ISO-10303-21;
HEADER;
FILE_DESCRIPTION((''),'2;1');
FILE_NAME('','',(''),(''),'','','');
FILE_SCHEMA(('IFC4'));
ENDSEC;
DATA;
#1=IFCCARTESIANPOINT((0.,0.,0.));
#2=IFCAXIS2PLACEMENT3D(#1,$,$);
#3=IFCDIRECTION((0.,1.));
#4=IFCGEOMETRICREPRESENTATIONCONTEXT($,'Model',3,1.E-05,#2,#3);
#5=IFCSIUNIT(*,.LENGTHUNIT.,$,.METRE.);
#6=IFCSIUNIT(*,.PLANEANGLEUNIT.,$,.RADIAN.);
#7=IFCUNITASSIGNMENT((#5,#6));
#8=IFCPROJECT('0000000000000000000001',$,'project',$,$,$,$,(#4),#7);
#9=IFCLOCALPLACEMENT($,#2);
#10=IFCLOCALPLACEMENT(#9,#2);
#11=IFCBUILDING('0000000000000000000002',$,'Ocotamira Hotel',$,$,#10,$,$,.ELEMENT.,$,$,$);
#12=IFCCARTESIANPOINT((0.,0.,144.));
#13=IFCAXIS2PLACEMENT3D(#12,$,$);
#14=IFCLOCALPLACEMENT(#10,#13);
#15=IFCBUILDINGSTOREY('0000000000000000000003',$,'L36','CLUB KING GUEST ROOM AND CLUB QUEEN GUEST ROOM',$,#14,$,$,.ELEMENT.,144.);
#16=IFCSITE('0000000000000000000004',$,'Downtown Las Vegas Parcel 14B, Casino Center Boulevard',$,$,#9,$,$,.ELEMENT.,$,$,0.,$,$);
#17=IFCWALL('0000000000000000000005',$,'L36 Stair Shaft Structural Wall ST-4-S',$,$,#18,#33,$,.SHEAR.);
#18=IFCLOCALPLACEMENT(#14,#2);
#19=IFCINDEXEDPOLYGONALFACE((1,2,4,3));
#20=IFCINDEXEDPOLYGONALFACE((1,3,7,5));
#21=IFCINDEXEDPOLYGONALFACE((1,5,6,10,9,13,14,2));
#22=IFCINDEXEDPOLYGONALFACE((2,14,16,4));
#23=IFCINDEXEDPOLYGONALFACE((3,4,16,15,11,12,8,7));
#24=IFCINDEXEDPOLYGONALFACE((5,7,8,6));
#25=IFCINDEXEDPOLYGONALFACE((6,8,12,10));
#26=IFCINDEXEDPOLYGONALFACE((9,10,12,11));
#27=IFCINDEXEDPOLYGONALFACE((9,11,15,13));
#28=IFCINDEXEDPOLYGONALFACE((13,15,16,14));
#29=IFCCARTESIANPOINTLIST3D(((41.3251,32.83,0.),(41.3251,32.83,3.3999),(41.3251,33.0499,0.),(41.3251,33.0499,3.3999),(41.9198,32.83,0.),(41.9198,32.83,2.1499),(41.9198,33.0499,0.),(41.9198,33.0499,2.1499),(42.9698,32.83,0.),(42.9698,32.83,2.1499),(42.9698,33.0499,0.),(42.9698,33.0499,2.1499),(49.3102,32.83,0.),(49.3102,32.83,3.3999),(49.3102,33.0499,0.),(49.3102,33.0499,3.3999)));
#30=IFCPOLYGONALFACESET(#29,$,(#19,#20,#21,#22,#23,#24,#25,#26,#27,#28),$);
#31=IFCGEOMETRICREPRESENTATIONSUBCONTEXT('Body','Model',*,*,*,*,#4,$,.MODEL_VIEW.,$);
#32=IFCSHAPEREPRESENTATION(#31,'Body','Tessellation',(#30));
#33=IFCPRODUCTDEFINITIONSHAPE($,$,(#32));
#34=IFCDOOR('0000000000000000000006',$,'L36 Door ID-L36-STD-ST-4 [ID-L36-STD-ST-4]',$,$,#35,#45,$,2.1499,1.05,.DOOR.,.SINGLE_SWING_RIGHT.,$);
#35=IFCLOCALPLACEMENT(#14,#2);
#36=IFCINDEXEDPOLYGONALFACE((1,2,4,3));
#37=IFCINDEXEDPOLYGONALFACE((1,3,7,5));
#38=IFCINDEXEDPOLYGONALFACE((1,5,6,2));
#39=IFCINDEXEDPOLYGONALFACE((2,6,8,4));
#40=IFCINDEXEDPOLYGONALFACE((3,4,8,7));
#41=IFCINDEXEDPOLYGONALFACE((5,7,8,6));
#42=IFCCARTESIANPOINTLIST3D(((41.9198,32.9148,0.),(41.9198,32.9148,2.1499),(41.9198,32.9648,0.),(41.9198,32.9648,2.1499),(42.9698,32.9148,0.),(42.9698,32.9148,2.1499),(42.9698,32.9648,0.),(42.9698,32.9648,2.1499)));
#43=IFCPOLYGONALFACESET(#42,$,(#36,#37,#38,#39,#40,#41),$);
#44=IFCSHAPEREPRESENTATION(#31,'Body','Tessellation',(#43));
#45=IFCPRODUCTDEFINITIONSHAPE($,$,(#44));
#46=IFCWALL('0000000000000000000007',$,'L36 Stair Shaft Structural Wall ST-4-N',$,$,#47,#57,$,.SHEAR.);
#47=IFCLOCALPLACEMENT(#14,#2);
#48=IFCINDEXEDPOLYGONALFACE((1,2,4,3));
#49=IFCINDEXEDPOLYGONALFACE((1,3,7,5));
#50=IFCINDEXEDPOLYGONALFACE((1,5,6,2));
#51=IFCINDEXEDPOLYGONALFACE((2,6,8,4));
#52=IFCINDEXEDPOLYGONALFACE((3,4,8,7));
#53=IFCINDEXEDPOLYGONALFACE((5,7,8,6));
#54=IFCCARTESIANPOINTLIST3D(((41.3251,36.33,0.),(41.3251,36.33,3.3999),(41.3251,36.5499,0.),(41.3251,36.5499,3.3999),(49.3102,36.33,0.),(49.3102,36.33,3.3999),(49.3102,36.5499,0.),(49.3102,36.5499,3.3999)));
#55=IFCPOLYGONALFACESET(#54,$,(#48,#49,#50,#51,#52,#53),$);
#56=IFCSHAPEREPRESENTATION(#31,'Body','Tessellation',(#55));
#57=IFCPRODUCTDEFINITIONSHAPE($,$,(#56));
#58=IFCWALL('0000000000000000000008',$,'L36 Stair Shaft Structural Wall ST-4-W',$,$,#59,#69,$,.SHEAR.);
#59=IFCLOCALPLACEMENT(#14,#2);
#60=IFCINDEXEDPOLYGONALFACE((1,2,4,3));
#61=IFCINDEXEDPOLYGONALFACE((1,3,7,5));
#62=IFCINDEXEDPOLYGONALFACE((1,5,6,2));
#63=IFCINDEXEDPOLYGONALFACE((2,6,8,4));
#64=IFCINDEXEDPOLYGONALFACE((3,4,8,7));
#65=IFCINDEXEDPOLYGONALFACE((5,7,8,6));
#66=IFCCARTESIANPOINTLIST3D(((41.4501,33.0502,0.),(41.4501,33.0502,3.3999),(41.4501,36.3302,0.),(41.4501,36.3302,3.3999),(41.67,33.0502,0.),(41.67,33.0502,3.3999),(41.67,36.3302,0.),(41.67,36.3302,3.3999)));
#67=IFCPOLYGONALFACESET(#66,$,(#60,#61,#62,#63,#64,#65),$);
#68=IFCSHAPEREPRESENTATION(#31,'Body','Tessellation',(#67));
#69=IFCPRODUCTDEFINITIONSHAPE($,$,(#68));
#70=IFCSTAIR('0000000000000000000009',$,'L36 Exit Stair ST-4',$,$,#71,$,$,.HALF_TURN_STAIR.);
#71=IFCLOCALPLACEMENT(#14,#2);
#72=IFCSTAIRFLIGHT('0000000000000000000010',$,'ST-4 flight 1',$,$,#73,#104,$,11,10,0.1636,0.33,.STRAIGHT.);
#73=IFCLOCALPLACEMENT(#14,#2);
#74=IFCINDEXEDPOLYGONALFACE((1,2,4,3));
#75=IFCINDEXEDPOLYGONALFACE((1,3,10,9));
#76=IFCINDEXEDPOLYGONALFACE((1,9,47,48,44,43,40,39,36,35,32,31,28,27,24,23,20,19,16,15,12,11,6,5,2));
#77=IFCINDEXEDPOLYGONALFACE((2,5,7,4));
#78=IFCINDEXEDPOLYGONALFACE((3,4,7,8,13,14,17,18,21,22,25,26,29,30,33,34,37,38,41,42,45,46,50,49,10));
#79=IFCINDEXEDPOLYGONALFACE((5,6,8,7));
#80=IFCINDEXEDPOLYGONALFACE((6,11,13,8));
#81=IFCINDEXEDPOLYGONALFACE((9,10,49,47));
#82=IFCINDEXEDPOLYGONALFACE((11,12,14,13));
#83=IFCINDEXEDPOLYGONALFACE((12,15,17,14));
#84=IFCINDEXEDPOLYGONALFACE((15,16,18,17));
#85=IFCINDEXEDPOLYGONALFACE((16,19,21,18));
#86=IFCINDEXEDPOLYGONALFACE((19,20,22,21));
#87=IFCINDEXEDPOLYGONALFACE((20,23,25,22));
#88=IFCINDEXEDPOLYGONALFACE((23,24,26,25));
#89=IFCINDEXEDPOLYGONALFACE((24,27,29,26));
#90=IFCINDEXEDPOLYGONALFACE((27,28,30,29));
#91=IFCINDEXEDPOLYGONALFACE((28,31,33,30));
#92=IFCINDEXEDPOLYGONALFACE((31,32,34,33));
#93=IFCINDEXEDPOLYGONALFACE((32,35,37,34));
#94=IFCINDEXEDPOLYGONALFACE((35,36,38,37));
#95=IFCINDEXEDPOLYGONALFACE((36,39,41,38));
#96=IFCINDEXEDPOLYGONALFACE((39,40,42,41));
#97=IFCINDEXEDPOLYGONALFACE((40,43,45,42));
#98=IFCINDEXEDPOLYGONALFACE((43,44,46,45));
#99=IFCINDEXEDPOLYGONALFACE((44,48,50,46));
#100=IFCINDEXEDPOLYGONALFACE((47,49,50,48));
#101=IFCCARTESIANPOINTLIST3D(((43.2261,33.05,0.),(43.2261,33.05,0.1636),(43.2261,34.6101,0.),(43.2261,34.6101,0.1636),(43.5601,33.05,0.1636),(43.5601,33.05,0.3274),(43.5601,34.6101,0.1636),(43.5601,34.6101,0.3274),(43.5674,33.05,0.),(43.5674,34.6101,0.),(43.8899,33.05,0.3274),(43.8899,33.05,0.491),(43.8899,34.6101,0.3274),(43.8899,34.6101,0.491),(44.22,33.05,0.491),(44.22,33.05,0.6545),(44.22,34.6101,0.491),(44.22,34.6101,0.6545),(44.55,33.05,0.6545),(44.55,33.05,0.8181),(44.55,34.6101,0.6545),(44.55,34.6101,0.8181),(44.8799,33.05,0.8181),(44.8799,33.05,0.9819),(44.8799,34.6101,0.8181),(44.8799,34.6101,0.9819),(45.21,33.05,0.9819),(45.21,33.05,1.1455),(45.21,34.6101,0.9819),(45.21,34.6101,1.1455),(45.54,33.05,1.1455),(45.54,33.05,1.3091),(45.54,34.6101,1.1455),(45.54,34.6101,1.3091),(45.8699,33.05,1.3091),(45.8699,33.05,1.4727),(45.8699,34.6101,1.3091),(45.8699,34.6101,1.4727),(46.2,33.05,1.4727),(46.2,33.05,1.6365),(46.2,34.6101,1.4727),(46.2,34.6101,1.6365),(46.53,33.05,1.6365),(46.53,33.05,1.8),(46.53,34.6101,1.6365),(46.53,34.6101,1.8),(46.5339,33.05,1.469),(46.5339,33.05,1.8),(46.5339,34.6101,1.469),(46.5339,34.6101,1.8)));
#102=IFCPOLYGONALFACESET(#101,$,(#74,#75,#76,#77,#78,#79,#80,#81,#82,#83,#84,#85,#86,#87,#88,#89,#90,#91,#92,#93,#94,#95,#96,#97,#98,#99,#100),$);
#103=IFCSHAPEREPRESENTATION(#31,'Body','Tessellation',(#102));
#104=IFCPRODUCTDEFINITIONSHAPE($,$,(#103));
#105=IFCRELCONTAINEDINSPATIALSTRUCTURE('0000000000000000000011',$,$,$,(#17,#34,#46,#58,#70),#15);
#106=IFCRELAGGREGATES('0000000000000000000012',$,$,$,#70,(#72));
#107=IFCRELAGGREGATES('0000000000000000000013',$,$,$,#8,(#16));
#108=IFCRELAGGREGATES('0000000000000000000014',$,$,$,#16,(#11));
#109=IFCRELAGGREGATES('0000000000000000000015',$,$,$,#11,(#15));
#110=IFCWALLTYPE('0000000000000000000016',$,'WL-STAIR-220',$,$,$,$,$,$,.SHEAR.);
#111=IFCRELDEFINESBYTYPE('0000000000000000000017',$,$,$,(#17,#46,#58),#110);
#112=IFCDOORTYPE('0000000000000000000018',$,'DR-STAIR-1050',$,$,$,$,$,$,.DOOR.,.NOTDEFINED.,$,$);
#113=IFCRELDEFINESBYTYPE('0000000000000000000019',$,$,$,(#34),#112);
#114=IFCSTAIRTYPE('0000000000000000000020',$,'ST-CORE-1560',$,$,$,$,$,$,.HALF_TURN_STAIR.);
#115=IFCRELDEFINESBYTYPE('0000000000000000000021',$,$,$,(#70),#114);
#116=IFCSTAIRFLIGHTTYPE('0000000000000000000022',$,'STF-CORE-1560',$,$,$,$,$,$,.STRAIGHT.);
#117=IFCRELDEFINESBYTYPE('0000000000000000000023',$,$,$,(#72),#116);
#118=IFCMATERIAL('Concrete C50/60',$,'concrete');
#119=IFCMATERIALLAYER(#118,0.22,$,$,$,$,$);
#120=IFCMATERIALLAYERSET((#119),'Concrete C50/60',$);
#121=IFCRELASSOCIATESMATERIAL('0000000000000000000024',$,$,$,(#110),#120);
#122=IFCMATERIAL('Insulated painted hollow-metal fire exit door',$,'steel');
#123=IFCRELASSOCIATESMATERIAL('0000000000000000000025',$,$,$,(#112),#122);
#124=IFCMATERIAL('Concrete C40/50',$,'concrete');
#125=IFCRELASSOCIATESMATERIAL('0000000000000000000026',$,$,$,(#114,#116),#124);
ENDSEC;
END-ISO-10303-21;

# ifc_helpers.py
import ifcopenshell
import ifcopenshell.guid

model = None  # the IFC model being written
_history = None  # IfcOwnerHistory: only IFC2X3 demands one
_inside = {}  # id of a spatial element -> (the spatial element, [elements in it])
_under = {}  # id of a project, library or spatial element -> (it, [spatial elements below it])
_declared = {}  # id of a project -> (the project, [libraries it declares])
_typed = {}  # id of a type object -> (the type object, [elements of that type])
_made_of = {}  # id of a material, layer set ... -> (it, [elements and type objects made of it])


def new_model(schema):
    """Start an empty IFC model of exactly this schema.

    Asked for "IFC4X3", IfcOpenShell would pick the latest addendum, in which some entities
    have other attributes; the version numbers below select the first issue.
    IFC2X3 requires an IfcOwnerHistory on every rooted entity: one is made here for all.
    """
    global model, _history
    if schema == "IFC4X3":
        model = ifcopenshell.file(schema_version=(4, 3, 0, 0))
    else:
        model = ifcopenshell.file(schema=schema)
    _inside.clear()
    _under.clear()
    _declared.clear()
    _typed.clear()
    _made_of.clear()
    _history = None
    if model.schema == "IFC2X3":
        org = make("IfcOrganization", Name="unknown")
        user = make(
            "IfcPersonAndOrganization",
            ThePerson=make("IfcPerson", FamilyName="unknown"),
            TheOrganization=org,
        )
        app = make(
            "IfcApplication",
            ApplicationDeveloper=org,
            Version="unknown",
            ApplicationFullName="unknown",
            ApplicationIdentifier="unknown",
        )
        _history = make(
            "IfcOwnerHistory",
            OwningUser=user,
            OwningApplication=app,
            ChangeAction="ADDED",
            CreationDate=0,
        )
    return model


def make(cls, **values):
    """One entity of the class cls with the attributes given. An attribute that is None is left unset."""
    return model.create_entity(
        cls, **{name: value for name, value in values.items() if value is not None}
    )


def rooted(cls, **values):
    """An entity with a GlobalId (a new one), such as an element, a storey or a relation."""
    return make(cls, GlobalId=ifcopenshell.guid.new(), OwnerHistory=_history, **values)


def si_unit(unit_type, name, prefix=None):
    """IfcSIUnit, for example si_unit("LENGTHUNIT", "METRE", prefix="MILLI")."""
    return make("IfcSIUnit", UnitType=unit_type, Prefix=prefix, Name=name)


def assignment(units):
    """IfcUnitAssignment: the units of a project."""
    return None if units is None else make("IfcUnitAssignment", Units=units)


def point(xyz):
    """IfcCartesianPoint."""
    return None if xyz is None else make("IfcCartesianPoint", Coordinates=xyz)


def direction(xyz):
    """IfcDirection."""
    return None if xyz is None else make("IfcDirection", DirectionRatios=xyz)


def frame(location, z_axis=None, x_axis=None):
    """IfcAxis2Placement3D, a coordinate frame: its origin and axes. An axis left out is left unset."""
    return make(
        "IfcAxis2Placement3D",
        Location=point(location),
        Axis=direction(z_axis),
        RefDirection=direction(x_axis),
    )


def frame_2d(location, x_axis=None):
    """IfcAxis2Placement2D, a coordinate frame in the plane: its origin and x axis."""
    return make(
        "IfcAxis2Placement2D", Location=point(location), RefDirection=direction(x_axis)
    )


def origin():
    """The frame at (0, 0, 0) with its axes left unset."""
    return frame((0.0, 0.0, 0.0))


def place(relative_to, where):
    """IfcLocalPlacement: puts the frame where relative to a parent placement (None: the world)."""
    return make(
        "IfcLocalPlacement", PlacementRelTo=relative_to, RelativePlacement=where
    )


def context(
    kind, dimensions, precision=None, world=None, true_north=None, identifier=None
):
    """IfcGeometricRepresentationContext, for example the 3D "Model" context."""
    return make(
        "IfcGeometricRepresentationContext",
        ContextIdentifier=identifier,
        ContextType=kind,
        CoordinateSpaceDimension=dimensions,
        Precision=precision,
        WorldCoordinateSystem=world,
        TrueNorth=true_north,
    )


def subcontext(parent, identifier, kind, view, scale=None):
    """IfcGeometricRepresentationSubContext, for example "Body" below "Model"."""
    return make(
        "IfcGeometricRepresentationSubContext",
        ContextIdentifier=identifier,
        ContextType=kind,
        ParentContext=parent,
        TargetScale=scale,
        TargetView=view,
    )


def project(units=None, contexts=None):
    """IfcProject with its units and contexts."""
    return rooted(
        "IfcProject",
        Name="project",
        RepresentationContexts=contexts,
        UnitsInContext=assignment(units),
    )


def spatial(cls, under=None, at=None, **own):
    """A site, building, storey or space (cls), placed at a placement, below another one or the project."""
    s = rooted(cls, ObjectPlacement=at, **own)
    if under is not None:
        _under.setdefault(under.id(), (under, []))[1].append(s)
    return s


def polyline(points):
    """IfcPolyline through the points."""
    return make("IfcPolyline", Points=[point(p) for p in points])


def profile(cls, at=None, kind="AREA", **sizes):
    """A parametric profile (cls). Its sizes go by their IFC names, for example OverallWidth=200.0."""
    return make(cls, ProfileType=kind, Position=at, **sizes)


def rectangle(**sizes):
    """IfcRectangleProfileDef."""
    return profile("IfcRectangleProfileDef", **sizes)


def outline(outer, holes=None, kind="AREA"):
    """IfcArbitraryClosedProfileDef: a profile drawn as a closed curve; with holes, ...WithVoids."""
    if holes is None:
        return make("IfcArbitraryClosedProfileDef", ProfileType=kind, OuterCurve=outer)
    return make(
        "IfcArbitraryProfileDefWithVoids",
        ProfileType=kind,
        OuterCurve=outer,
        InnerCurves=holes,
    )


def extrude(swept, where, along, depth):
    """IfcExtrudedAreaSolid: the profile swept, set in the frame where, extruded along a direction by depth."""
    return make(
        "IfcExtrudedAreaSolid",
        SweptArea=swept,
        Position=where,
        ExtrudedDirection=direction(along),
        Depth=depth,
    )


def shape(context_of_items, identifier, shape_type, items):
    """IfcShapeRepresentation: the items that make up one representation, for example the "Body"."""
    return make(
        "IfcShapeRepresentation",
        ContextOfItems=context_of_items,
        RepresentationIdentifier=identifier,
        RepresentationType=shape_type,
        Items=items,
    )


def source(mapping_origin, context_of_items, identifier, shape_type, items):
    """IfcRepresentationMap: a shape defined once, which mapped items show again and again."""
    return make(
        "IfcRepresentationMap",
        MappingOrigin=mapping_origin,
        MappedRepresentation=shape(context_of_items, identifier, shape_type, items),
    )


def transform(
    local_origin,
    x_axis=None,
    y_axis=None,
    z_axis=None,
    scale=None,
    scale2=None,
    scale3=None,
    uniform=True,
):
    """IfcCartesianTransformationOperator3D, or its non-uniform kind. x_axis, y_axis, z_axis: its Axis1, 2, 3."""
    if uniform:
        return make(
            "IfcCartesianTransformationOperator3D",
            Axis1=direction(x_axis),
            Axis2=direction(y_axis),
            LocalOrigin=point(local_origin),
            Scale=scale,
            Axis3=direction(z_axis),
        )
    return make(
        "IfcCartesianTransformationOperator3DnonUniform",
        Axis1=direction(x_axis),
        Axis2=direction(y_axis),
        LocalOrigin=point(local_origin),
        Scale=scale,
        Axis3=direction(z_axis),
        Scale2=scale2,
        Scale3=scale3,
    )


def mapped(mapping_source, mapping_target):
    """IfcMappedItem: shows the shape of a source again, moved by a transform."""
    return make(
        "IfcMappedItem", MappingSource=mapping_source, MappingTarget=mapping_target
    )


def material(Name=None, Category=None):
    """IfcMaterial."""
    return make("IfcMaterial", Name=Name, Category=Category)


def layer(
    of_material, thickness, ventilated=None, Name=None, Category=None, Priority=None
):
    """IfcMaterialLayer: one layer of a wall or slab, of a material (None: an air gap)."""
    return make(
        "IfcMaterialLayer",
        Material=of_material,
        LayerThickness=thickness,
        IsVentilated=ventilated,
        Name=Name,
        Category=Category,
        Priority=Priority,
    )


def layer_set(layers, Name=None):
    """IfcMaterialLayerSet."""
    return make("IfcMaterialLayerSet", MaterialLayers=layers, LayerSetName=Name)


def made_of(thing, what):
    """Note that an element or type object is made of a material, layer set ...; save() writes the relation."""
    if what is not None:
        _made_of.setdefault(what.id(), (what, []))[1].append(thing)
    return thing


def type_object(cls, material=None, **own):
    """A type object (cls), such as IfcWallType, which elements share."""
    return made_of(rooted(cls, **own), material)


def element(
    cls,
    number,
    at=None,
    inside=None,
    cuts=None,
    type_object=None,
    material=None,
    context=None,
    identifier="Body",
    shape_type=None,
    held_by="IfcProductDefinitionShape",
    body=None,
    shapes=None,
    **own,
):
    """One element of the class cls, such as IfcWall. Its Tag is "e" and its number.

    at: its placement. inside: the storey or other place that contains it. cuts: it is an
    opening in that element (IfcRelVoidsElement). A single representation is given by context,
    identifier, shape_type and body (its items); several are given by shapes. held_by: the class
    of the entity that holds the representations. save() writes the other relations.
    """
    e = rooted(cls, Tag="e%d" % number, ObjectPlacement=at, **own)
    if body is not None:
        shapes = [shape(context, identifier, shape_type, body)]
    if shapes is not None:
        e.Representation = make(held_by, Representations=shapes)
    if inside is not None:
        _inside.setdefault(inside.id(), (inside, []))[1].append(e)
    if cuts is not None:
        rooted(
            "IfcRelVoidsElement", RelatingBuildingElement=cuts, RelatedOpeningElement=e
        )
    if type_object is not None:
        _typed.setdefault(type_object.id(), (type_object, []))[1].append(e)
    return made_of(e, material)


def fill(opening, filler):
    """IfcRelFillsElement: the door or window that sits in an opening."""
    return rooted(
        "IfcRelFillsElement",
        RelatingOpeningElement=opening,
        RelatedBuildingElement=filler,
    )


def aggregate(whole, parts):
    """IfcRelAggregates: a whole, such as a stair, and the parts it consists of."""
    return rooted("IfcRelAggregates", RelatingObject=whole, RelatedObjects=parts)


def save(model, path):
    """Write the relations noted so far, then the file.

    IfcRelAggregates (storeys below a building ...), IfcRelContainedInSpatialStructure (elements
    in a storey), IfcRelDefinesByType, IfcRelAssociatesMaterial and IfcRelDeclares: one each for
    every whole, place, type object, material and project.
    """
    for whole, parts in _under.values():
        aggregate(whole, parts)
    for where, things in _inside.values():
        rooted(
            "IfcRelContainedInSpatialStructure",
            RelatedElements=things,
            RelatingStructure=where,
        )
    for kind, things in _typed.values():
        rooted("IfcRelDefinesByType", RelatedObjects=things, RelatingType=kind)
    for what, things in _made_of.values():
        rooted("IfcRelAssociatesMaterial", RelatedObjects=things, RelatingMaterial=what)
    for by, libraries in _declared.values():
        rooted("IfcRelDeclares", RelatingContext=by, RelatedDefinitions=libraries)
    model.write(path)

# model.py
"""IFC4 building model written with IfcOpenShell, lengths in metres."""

from ifc_helpers import new_model, si_unit, direction, frame, frame_2d, origin, place, context, subcontext, project, spatial, polyline, rectangle, outline, extrude, source, transform, mapped, material, layer, layer_set, type_object, element, fill, aggregate, save


model = new_model("IFC4")

# Units and contexts
model_context = context("Model", 3, precision=1e-05, world=origin(), true_north=direction((0.0, 1.0)))
body_context = subcontext(model_context, "Body", "Model", "MODEL_VIEW")
ifc_project = project(units=[si_unit("LENGTHUNIT", "METRE"), si_unit("PLANEANGLEUNIT", "RADIAN")], contexts=[model_context])

# Site, building, storey
site_placement = place(None, origin())
site = spatial("IfcSite", under=ifc_project, at=site_placement, Name="Downtown Las Vegas Parcel 14B, Casino Center Boulevard", CompositionType="ELEMENT", RefElevation=0.0)
building_placement = place(site_placement, origin())
building = spatial("IfcBuilding", under=site, at=building_placement, Name="Ocotamira Hotel", CompositionType="ELEMENT")
storey_placement = place(building_placement, frame((0.0, 0.0, 144.0)))
storey = spatial("IfcBuildingStorey", under=building, at=storey_placement, Name="L36", Description="CLUB KING GUEST ROOM AND CLUB QUEEN GUEST ROOM", CompositionType="ELEMENT", Elevation=144.0)

# Wall, opening, door
ifc_material_1 = material(Name="Concrete C50/60", Category="concrete")
ifc_layer_1 = layer(ifc_material_1, 0.22)
ifc_layer_set_1 = layer_set([ifc_layer_1], Name="Concrete C50/60")
wall_type_1 = type_object("IfcWallType", Name="WL-STAIR-220", PredefinedType="SHEAR", material=ifc_layer_set_1)
wall_1_placement = place(storey_placement, frame((41.325, 32.9399, 0.0), z_axis=(0.0, 0.0, 1.0), x_axis=(1.0, 0.0, 0.0)))
wall_1 = element("IfcWall", 1, at=wall_1_placement, inside=storey, type_object=wall_type_1, Name="L36 Stair Shaft Structural Wall ST-4-S", PredefinedType="SHEAR", context=body_context, shape_type="SweptSolid", body=[
    extrude(rectangle(XDim=7.9851, YDim=0.22, at=frame_2d((3.9927, 0.0))), origin(), (0.0, 0.0, 1.0), 3.3999),
])
opening_1_placement = place(wall_1_placement, frame((0.595, 0.0, 0.0)))
opening_1 = element("IfcOpeningElement", 2, at=opening_1_placement, cuts=wall_1, PredefinedType="OPENING", context=body_context, shape_type="SweptSolid", body=[
    extrude(rectangle(XDim=1.05, YDim=2.1499, at=frame_2d((0.5249, 1.075))), frame((0.0, 0.1201, 0.0), z_axis=(0.0, -1.0, 0.0), x_axis=(1.0, 0.0, 0.0)), (0.0, 0.0, 1.0), 0.24),
])
ifc_material_2 = material(Name="Insulated painted hollow-metal fire exit door", Category="steel")
door_type_1 = type_object("IfcDoorType", Name="DR-STAIR-1050", OperationType="NOTDEFINED", PredefinedType="DOOR", material=ifc_material_2)
shared_shape_1 = source(origin(), body_context, "Body", "SweptSolid", [
    extrude(rectangle(XDim=1.05, YDim=2.1499, at=frame_2d((0.5249, 1.075))), frame((0.0, 0.0249, 0.0), z_axis=(0.0, -1.0, 0.0), x_axis=(1.0, 0.0, 0.0)), (0.0, 0.0, 1.0), 0.05),
])
door_1_placement = place(opening_1_placement, origin())
door_1 = element("IfcDoor", 3, at=door_1_placement, inside=storey, type_object=door_type_1, Name="L36 Door ID-L36-STD-ST-4 [ID-L36-STD-ST-4]", OperationType="SINGLE_SWING_RIGHT", OverallHeight=2.1499, OverallWidth=1.05, PredefinedType="DOOR", context=body_context, shape_type="MappedRepresentation", body=[
    mapped(shared_shape_1, transform((0.0, 0.0, 0.0), scale=1.0)),
])
fill(opening_1, door_1)

# Walls
wall_2_placement = place(storey_placement, frame((41.325, 36.4399, 0.0), z_axis=(0.0, 0.0, 1.0), x_axis=(1.0, 0.0, 0.0)))
element("IfcWall", 4, at=wall_2_placement, inside=storey, type_object=wall_type_1, Name="L36 Stair Shaft Structural Wall ST-4-N", PredefinedType="SHEAR", context=body_context, shape_type="SweptSolid", body=[
    extrude(rectangle(XDim=7.9851, YDim=0.22, at=frame_2d((3.9927, 0.0))), origin(), (0.0, 0.0, 1.0), 3.3999),
])
wall_3_placement = place(storey_placement, frame((41.5601, 33.05, 0.0), z_axis=(0.0, 0.0, 1.0), x_axis=(0.0, 1.0, 0.0)))
element("IfcWall", 5, at=wall_3_placement, inside=storey, type_object=wall_type_1, Name="L36 Stair Shaft Structural Wall ST-4-W", PredefinedType="SHEAR", context=body_context, shape_type="SweptSolid", body=[
    extrude(rectangle(XDim=3.28, YDim=0.22, at=frame_2d((1.6401, 0.0))), origin(), (0.0, 0.0, 1.0), 3.3999),
])

# Stair, stair flight
ifc_material_3 = material(Name="Concrete C40/50", Category="concrete")
stair_type = type_object("IfcStairType", Name="ST-CORE-1560", PredefinedType="HALF_TURN_STAIR", material=ifc_material_3)
stair_placement = place(storey_placement, origin())
stair = element("IfcStair", 6, at=stair_placement, inside=storey, type_object=stair_type, Name="L36 Exit Stair ST-4", PredefinedType="HALF_TURN_STAIR")
stair_flight_type = type_object("IfcStairFlightType", Name="STF-CORE-1560", PredefinedType="STRAIGHT", material=ifc_material_3)
shared_shape_2 = source(origin(), body_context, "Body", "SweptSolid", [
    extrude(outline(polyline([(-0.0039, 0.0), (-0.0039, 0.1636), (0.3301, 0.1636), (0.3301, 0.3274), (0.6599, 0.3274), (0.6599, 0.491), (0.99, 0.491), (0.99, 0.6545), (1.3201, 0.6545), (1.3201, 0.8181), (1.6499, 0.8181), (1.6499, 0.9819), (1.98, 0.9819), (1.98, 1.1455), (2.3101, 1.1455), (2.3101, 1.3091), (2.6399, 1.3091), (2.6399, 1.4727), (2.97, 1.4727), (2.97, 1.6365), (3.3, 1.6365), (3.3, 1.8), (3.304, 1.8), (3.304, 1.469), (0.3374, 0.0), (-0.0039, 0.0)])), frame((0.0, 0.78, 0.0), z_axis=(0.0, -1.0, 0.0), x_axis=(1.0, 0.0, 0.0)), (0.0, 0.0, 1.0), 1.5601),
])
stair_flight_placement = place(storey_placement, frame((43.23, 33.8301, 0.0), z_axis=(0.0, 0.0, 1.0), x_axis=(1.0, 0.0, 0.0)))
stair_flight = element("IfcStairFlight", 7, at=stair_flight_placement, type_object=stair_flight_type, Name="ST-4 flight 1", NumberOfRisers=11, NumberOfTreads=10, PredefinedType="STRAIGHT", RiserHeight=0.1636, TreadLength=0.33, context=body_context, shape_type="MappedRepresentation", body=[
    mapped(shared_shape_2, transform((0.0, 0.0, 0.0), scale=1.0)),
])
aggregate(stair, [stair_flight])

save(model, "model.ifc")
